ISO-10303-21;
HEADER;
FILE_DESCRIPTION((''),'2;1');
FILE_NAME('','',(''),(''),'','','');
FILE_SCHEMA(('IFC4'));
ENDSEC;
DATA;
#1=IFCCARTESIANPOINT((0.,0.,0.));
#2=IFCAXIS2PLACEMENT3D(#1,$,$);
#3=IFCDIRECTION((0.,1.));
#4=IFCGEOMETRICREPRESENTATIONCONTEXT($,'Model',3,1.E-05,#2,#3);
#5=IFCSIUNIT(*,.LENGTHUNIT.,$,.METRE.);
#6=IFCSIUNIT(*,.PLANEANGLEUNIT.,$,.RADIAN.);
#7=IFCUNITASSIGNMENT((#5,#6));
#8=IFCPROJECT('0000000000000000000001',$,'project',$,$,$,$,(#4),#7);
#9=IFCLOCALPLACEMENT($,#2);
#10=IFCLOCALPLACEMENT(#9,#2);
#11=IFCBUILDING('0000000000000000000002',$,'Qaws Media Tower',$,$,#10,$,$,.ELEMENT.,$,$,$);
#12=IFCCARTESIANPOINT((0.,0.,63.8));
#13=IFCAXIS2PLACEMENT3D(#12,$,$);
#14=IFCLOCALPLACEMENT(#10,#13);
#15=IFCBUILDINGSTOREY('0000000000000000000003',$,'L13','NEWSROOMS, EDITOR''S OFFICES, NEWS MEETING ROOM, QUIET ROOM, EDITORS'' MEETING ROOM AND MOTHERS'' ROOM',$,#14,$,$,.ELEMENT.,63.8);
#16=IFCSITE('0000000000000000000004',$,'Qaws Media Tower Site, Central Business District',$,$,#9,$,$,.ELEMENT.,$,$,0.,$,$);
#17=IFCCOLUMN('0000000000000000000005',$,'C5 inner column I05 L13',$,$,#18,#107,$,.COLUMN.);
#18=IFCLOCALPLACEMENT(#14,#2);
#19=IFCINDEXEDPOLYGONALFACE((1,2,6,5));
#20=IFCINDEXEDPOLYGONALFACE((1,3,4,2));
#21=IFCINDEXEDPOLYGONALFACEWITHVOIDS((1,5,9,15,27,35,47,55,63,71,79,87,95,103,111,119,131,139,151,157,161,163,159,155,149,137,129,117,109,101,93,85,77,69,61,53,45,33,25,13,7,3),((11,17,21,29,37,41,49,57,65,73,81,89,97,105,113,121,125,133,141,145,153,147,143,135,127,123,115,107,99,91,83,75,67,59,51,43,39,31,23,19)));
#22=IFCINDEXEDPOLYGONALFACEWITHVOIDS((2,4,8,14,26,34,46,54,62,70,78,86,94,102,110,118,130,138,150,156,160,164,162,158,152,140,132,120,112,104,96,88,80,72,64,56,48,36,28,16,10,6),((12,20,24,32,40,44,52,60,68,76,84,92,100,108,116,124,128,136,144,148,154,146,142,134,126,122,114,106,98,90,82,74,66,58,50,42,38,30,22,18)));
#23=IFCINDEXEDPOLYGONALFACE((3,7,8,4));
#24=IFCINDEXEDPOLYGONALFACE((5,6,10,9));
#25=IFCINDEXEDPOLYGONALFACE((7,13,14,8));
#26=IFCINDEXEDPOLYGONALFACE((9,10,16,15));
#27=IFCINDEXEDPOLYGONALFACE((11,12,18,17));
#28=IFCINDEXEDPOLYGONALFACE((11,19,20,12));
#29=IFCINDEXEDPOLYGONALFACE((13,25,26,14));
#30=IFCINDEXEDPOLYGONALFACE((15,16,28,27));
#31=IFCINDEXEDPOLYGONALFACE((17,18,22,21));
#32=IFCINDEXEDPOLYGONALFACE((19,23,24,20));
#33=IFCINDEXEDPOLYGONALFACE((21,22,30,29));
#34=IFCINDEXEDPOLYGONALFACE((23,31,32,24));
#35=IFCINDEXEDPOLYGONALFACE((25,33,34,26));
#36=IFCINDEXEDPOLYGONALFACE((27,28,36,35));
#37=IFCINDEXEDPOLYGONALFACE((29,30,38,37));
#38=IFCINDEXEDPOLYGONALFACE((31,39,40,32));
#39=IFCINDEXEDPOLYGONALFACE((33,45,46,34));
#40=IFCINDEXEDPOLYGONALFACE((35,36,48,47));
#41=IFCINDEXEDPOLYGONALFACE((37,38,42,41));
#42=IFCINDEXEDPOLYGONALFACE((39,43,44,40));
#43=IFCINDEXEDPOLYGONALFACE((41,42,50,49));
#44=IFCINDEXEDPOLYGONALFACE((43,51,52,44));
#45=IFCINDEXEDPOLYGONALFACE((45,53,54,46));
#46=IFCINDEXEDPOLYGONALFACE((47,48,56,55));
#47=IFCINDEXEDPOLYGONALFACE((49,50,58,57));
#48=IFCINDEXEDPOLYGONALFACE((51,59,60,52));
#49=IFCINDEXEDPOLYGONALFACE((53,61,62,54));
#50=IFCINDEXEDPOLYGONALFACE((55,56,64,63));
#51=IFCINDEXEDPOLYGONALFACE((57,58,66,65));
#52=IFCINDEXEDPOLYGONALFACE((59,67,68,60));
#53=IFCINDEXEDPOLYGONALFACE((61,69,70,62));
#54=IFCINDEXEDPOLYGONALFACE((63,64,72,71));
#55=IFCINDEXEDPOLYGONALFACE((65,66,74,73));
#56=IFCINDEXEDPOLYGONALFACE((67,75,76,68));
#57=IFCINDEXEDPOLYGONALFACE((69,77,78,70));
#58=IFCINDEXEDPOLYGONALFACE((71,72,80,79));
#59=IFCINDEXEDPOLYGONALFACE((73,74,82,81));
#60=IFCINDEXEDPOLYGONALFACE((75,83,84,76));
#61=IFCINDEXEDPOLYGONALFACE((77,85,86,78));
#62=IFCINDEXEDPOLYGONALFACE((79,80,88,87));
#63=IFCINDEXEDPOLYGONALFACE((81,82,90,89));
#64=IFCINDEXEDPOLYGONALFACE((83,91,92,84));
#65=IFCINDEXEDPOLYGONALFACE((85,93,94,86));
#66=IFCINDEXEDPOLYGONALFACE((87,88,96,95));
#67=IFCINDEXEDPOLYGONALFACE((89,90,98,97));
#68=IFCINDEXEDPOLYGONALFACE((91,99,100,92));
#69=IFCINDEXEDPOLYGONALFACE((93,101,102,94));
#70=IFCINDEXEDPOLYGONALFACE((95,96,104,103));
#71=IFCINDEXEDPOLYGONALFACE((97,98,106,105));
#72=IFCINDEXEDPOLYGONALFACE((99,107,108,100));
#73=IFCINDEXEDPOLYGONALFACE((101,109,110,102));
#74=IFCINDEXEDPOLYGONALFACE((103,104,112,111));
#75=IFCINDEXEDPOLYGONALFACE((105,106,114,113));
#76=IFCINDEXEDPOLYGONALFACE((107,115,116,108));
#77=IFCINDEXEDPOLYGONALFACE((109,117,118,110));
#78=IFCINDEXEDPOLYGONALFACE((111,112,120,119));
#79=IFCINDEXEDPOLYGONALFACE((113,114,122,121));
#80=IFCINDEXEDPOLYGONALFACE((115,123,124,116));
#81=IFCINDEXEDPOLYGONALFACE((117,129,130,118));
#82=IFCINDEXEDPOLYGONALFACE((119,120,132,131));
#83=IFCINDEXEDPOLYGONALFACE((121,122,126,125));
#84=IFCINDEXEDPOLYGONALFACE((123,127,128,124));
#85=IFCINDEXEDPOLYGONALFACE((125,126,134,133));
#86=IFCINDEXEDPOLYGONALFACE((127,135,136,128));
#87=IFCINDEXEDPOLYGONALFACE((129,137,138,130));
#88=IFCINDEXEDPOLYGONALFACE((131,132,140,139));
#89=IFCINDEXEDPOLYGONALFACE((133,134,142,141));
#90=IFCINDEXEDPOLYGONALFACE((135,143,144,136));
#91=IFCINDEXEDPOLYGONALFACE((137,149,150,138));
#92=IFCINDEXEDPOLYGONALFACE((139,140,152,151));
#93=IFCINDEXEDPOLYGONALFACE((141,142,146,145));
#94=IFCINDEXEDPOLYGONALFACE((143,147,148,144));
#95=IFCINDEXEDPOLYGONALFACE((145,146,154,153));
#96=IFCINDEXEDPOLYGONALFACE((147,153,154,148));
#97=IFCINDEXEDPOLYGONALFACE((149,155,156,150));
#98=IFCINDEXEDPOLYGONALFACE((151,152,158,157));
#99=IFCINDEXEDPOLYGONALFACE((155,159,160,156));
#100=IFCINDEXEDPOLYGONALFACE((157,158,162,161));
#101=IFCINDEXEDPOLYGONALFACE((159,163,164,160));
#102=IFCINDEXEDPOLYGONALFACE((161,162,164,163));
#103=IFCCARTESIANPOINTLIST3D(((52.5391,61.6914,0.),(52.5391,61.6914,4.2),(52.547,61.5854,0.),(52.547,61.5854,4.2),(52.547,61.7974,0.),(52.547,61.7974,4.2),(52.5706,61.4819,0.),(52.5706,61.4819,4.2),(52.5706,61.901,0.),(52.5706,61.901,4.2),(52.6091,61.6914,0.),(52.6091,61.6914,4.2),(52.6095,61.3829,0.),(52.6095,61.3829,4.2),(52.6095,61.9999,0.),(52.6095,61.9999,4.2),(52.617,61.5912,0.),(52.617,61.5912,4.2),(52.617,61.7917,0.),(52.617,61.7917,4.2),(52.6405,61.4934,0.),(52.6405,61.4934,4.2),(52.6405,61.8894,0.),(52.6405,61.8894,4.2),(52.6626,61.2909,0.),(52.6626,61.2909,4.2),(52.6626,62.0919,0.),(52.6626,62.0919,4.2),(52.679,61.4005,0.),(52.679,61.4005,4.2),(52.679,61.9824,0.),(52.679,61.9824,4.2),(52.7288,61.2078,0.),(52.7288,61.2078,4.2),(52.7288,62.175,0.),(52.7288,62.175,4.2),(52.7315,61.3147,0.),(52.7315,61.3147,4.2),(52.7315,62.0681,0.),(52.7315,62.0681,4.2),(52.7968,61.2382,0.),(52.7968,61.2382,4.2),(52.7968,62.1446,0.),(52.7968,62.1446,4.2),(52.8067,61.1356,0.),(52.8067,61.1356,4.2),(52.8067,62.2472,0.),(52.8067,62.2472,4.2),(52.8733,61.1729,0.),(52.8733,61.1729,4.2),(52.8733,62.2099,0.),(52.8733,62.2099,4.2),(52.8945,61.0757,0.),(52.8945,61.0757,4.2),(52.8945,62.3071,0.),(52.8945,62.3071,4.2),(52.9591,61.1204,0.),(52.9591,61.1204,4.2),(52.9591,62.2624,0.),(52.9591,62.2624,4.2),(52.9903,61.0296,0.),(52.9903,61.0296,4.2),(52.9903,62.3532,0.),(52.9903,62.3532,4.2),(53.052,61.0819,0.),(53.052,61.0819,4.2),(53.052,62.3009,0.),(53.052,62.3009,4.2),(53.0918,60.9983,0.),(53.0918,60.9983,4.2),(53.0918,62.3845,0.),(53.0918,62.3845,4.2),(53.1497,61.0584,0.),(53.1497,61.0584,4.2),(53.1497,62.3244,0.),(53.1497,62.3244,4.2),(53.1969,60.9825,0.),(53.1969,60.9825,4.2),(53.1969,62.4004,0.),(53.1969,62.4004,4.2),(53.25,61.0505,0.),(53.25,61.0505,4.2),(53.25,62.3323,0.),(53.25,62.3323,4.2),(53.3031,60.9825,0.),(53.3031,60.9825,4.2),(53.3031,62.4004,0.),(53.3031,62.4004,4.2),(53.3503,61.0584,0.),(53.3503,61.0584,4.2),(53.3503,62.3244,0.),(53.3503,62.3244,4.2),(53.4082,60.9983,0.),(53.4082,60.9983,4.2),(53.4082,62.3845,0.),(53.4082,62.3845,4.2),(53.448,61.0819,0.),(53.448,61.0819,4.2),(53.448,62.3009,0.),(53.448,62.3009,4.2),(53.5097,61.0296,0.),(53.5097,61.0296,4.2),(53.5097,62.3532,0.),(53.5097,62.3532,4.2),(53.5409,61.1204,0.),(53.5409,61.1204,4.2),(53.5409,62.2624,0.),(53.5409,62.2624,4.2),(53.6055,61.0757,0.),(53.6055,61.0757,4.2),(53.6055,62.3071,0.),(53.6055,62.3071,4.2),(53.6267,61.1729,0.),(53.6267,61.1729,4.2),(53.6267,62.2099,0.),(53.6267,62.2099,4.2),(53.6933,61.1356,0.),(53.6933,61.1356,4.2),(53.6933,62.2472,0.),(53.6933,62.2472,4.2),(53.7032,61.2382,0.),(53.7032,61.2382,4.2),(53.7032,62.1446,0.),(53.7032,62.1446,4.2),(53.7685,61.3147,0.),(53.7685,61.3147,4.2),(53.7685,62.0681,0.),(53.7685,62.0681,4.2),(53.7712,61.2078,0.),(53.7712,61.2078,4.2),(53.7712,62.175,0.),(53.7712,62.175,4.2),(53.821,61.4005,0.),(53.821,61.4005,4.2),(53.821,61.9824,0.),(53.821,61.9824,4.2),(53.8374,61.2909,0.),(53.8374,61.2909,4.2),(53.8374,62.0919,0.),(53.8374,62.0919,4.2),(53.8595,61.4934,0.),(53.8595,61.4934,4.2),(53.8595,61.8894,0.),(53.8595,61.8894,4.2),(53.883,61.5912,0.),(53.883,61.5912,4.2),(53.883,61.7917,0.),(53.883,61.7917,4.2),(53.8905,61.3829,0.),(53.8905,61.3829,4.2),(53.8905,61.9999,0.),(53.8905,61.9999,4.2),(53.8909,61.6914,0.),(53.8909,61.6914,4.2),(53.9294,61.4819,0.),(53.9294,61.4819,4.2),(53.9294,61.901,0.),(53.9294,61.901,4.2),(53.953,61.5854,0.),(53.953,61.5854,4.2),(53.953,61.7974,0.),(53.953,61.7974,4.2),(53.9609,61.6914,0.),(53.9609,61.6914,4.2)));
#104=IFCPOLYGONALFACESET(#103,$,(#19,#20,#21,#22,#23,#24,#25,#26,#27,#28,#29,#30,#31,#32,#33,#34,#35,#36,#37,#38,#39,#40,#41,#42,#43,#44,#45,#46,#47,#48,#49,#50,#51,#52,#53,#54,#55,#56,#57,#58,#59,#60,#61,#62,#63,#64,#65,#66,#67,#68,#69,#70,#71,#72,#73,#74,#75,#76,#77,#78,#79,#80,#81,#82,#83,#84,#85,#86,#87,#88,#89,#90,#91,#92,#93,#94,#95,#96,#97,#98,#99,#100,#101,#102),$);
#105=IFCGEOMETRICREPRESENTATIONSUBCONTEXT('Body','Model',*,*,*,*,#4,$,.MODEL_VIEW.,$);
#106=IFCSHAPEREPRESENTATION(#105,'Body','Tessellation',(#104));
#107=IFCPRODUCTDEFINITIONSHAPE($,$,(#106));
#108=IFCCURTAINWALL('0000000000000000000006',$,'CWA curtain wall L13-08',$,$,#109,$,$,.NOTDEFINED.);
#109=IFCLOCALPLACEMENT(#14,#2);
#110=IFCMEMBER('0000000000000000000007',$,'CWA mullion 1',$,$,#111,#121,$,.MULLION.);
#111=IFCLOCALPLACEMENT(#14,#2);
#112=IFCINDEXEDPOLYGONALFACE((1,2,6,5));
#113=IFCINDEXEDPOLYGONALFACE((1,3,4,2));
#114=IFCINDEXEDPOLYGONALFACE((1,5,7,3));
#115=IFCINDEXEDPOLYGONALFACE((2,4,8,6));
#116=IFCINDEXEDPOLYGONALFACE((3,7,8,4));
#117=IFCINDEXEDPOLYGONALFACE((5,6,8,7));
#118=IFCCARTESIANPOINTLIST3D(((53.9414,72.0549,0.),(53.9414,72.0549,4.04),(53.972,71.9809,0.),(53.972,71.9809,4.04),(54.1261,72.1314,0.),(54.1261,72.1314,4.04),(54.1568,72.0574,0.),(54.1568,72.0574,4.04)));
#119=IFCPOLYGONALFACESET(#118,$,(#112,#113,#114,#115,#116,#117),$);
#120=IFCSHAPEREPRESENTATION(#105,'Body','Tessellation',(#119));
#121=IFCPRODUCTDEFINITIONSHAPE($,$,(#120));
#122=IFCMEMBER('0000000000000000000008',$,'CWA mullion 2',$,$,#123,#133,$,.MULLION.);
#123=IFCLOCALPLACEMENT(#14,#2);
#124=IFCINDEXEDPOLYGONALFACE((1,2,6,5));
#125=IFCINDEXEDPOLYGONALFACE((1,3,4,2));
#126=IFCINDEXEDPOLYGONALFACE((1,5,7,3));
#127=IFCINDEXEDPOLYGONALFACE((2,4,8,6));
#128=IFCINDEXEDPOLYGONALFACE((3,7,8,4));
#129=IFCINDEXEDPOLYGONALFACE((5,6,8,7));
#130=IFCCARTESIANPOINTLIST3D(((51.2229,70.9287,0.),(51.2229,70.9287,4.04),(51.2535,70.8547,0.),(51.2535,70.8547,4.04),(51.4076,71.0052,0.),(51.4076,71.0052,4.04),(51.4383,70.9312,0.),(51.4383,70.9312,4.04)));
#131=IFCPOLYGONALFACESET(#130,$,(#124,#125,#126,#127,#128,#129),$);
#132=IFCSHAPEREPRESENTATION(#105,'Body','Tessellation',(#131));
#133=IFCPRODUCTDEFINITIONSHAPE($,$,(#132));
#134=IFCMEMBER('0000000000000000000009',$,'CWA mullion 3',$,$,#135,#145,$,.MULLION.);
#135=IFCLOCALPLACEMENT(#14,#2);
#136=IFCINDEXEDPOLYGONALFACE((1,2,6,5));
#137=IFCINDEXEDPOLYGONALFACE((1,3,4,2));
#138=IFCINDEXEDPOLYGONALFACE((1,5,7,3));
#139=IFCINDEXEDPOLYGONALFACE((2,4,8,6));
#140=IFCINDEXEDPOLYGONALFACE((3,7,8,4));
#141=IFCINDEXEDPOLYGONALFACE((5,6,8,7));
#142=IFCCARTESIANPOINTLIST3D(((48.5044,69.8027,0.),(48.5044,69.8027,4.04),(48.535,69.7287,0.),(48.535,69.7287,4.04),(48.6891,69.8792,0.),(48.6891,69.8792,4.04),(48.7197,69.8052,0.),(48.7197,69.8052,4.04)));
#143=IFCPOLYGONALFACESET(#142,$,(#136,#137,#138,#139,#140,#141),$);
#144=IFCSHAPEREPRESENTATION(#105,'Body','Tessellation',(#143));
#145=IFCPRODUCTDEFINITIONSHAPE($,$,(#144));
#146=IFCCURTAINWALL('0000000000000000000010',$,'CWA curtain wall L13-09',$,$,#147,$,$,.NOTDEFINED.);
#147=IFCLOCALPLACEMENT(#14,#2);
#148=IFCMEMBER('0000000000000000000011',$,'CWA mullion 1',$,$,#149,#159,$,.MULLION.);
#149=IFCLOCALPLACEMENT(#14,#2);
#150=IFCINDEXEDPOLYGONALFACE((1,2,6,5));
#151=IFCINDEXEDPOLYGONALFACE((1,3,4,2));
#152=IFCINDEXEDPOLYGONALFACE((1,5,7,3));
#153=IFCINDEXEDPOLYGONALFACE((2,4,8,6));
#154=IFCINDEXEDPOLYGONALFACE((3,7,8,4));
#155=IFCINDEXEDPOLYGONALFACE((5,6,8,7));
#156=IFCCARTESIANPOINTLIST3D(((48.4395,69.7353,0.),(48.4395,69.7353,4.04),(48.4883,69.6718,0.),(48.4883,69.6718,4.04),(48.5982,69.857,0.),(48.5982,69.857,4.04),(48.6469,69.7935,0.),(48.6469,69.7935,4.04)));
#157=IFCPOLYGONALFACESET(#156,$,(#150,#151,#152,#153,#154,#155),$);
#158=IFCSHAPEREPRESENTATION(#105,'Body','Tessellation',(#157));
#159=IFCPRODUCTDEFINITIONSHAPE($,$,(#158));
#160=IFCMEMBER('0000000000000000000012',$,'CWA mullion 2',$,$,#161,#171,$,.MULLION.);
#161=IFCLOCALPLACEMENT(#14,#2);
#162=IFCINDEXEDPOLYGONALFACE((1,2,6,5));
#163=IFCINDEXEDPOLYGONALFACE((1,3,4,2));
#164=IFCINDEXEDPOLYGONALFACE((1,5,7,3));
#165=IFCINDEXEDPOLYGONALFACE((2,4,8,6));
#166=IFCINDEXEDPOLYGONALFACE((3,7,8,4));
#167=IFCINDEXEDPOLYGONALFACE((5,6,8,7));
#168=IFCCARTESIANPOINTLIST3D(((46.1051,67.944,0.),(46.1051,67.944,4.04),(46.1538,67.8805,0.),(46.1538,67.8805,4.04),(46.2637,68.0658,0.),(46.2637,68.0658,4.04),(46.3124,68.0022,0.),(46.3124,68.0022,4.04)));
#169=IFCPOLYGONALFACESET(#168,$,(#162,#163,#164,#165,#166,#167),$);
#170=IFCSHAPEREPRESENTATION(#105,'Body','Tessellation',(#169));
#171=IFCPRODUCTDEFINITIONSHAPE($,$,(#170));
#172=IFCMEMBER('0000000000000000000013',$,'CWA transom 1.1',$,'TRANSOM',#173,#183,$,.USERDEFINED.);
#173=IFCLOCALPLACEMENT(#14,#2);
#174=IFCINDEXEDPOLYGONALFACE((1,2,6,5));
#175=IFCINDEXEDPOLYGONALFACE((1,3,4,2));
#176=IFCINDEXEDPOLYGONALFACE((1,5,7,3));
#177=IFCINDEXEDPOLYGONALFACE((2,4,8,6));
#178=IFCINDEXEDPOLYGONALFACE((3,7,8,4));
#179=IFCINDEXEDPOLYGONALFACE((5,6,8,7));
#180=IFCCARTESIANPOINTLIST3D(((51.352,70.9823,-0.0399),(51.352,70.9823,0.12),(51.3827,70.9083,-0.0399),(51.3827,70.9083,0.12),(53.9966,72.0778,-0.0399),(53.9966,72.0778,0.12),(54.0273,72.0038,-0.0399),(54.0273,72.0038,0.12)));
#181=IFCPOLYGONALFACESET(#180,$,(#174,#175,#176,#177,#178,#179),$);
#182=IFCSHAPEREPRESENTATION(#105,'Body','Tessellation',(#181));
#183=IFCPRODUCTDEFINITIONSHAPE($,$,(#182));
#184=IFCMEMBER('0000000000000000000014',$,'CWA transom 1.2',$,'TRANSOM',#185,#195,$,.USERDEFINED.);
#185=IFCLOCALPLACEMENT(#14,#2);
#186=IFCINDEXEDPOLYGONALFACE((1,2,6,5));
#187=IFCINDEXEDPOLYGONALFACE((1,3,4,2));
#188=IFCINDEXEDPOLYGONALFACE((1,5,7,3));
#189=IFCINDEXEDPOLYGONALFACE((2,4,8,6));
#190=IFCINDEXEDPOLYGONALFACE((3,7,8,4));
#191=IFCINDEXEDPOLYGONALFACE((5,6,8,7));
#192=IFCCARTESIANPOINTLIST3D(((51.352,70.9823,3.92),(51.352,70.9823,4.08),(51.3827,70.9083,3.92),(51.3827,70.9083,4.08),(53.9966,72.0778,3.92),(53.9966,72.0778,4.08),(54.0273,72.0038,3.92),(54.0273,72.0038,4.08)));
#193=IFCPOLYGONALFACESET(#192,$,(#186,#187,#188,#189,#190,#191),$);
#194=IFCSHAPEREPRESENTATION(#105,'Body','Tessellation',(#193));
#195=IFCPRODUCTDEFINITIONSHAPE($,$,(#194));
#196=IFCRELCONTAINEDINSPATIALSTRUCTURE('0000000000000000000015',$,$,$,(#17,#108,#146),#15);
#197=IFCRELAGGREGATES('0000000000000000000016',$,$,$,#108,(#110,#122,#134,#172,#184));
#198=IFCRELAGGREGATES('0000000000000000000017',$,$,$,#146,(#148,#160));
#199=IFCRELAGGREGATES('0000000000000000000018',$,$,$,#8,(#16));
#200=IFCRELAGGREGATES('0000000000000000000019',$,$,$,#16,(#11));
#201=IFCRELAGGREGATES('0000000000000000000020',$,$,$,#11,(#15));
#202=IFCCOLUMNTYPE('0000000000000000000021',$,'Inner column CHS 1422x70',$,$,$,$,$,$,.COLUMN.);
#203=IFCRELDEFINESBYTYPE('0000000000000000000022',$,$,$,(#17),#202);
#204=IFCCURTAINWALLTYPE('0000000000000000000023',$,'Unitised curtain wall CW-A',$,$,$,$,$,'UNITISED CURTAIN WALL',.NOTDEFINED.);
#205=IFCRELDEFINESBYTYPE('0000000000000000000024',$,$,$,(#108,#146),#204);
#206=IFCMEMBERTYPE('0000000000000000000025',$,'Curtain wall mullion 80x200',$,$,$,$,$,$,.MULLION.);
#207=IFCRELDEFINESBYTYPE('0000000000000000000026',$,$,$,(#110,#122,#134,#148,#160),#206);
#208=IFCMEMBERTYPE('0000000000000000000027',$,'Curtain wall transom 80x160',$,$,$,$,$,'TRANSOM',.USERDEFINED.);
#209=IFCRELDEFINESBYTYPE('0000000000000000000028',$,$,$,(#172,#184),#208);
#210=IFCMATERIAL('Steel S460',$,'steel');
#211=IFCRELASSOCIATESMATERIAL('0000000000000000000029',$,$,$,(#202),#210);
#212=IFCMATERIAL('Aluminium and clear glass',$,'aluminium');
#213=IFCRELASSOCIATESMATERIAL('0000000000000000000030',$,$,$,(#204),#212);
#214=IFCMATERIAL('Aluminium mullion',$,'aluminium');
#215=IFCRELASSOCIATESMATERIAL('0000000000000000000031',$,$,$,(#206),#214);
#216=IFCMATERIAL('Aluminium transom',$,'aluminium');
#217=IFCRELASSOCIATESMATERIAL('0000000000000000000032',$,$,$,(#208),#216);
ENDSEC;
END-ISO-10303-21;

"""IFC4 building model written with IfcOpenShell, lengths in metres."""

from ifc_helpers import new_model, si_unit, direction, frame, origin, origin_2d, place, context, subcontext, project, spatial, rectangle, hollow_circle, extrude, material, material_profile, profile_set, type_object, element, aggregate, save


model = new_model("IFC4")

# Units and contexts
model_context = context("Model", 3, precision=1e-05, world=origin(), true_north=direction((0.0, 1.0)))
body_context = subcontext(model_context, "Body", "Model", "MODEL_VIEW")
ifc_project = project(units=[si_unit("LENGTHUNIT", "METRE"), si_unit("PLANEANGLEUNIT", "RADIAN")], contexts=[model_context])

# Site, building, storey
site_placement = place(None, origin())
site = spatial("IfcSite", under=ifc_project, at=site_placement, Name="Qaws Media Tower Site, Central Business District", CompositionType="ELEMENT", RefElevation=0.0)
building_placement = place(site_placement, origin())
building = spatial("IfcBuilding", under=site, at=building_placement, Name="Qaws Media Tower", CompositionType="ELEMENT")
storey_placement = place(building_placement, frame((0.0, 0.0, 63.8)))
storey = spatial("IfcBuildingStorey", under=building, at=storey_placement, Name="L13", Description="NEWSROOMS, EDITOR'S OFFICES, NEWS MEETING ROOM, QUIET ROOM, EDITORS' MEETING ROOM AND MOTHERS' ROOM", CompositionType="ELEMENT", Elevation=63.8)

# Column
ifc_material_1 = material(Name="Steel S460", Category="steel")
ifc_material_profile_1 = material_profile(ifc_material_1, hollow_circle(Radius=0.7109, WallThickness=0.0701, at=origin_2d()), Name="CHS 1422x70")
ifc_profile_set_1 = profile_set([ifc_material_profile_1], Name="Steel S460")
column_type = type_object("IfcColumnType", Name="Inner column CHS 1422x70", PredefinedType="COLUMN", material=ifc_profile_set_1)
column_placement = place(storey_placement, frame((53.25, 61.6914, 0.0), z_axis=(0.0, 0.0, 1.0), x_axis=(1.0, 0.0, 0.0)))
element("IfcColumn", 1, at=column_placement, inside=storey, type_object=column_type, Name="C5 inner column I05 L13", PredefinedType="COLUMN", context=body_context, shape_type="SweptSolid", body=[
    extrude(hollow_circle(Radius=0.7109, WallThickness=0.0701, at=origin_2d()), origin(), (0.0, 0.0, 1.0), 4.2),
])

# Curtain walls, members
ifc_material_2 = material(Name="Aluminium and clear glass", Category="aluminium")
curtain_wall_type = type_object("IfcCurtainWallType", Name="Unitised curtain wall CW-A", ElementType="UNITISED CURTAIN WALL", PredefinedType="NOTDEFINED", material=ifc_material_2)
curtain_wall_1_placement = place(storey_placement, origin())
curtain_wall_1 = element("IfcCurtainWall", 2, at=curtain_wall_1_placement, inside=storey, type_object=curtain_wall_type, Name="CWA curtain wall L13-08", PredefinedType="NOTDEFINED")
ifc_material_3 = material(Name="Aluminium mullion", Category="aluminium")
ifc_material_profile_2 = material_profile(ifc_material_3, rectangle(XDim=0.0801, YDim=0.2, at=origin_2d()), Name="80x200")
ifc_profile_set_2 = profile_set([ifc_material_profile_2], Name="Aluminium mullion")
member_type_1 = type_object("IfcMemberType", Name="Curtain wall mullion 80x200", PredefinedType="MULLION", material=ifc_profile_set_2)
member_1_placement = place(storey_placement, frame((54.0491, 72.0562, 0.0), z_axis=(0.0, 0.0, 1.0), x_axis=(0.382683, -0.92388, 0.0)))
member_1 = element("IfcMember", 3, at=member_1_placement, type_object=member_type_1, Name="CWA mullion 1", PredefinedType="MULLION", context=body_context, shape_type="SweptSolid", body=[
    extrude(rectangle(XDim=0.0801, YDim=0.2, at=origin_2d()), origin(), (0.0, 0.0, 1.0), 4.04),
])
member_2_placement = place(storey_placement, frame((51.3306, 70.9299, 0.0), z_axis=(0.0, 0.0, 1.0), x_axis=(0.382683, -0.92388, 0.0)))
member_2 = element("IfcMember", 4, at=member_2_placement, type_object=member_type_1, Name="CWA mullion 2", PredefinedType="MULLION", context=body_context, shape_type="SweptSolid", body=[
    extrude(rectangle(XDim=0.0801, YDim=0.2, at=origin_2d()), origin(), (0.0, 0.0, 1.0), 4.04),
])
member_3_placement = place(storey_placement, frame((48.6121, 69.804, 0.0), z_axis=(0.0, 0.0, 1.0), x_axis=(0.382683, -0.92388, 0.0)))
member_3 = element("IfcMember", 5, at=member_3_placement, type_object=member_type_1, Name="CWA mullion 3", PredefinedType="MULLION", context=body_context, shape_type="SweptSolid", body=[
    extrude(rectangle(XDim=0.0801, YDim=0.2, at=origin_2d()), origin(), (0.0, 0.0, 1.0), 4.04),
])
curtain_wall_2_placement = place(storey_placement, origin())
curtain_wall_2 = element("IfcCurtainWall", 6, at=curtain_wall_2_placement, inside=storey, type_object=curtain_wall_type, Name="CWA curtain wall L13-09", PredefinedType="NOTDEFINED")
member_4_placement = place(storey_placement, frame((48.5432, 69.7644, 0.0), z_axis=(0.0, 0.0, 1.0), x_axis=(0.608761, -0.793353, 0.0)))
member_4 = element("IfcMember", 7, at=member_4_placement, type_object=member_type_1, Name="CWA mullion 1", PredefinedType="MULLION", context=body_context, shape_type="SweptSolid", body=[
    extrude(rectangle(XDim=0.0801, YDim=0.2, at=origin_2d()), origin(), (0.0, 0.0, 1.0), 4.04),
])
member_5_placement = place(storey_placement, frame((46.2087, 67.9731, 0.0), z_axis=(0.0, 0.0, 1.0), x_axis=(0.608761, -0.793353, 0.0)))
member_5 = element("IfcMember", 8, at=member_5_placement, type_object=member_type_1, Name="CWA mullion 2", PredefinedType="MULLION", context=body_context, shape_type="SweptSolid", body=[
    extrude(rectangle(XDim=0.0801, YDim=0.2, at=origin_2d()), origin(), (0.0, 0.0, 1.0), 4.04),
])

# Members
ifc_material_4 = material(Name="Aluminium transom", Category="aluminium")
ifc_material_profile_3 = material_profile(ifc_material_4, rectangle(XDim=0.0801, YDim=0.1599, at=origin_2d()), Name="80x160")
ifc_profile_set_3 = profile_set([ifc_material_profile_3], Name="Aluminium transom")
member_type_2 = type_object("IfcMemberType", Name="Curtain wall transom 80x160", ElementType="TRANSOM", PredefinedType="USERDEFINED", material=ifc_profile_set_3)
member_6_placement = place(storey_placement, frame((54.012, 72.0408, 0.04), z_axis=(-0.923872, -0.382701, 0.0), x_axis=(0.382701, -0.923872, 0.0)))
member_6 = element("IfcMember", 9, at=member_6_placement, type_object=member_type_2, Name="CWA transom 1.1", ObjectType="TRANSOM", PredefinedType="USERDEFINED", context=body_context, shape_type="SweptSolid", body=[
    extrude(rectangle(XDim=0.0801, YDim=0.1599, at=origin_2d()), origin(), (0.0, 0.0, 1.0), 2.8625),
])
member_7_placement = place(storey_placement, frame((54.012, 72.0408, 4.0), z_axis=(-0.923872, -0.382701, 0.0), x_axis=(0.382701, -0.923872, 0.0)))
member_7 = element("IfcMember", 10, at=member_7_placement, type_object=member_type_2, Name="CWA transom 1.2", ObjectType="TRANSOM", PredefinedType="USERDEFINED", context=body_context, shape_type="SweptSolid", body=[
    extrude(rectangle(XDim=0.0801, YDim=0.1599, at=origin_2d()), origin(), (0.0, 0.0, 1.0), 2.8625),
])

aggregate(curtain_wall_1, [member_1, member_2, member_3, member_6, member_7])
aggregate(curtain_wall_2, [member_4, member_5])

save(model, "model.ifc")
